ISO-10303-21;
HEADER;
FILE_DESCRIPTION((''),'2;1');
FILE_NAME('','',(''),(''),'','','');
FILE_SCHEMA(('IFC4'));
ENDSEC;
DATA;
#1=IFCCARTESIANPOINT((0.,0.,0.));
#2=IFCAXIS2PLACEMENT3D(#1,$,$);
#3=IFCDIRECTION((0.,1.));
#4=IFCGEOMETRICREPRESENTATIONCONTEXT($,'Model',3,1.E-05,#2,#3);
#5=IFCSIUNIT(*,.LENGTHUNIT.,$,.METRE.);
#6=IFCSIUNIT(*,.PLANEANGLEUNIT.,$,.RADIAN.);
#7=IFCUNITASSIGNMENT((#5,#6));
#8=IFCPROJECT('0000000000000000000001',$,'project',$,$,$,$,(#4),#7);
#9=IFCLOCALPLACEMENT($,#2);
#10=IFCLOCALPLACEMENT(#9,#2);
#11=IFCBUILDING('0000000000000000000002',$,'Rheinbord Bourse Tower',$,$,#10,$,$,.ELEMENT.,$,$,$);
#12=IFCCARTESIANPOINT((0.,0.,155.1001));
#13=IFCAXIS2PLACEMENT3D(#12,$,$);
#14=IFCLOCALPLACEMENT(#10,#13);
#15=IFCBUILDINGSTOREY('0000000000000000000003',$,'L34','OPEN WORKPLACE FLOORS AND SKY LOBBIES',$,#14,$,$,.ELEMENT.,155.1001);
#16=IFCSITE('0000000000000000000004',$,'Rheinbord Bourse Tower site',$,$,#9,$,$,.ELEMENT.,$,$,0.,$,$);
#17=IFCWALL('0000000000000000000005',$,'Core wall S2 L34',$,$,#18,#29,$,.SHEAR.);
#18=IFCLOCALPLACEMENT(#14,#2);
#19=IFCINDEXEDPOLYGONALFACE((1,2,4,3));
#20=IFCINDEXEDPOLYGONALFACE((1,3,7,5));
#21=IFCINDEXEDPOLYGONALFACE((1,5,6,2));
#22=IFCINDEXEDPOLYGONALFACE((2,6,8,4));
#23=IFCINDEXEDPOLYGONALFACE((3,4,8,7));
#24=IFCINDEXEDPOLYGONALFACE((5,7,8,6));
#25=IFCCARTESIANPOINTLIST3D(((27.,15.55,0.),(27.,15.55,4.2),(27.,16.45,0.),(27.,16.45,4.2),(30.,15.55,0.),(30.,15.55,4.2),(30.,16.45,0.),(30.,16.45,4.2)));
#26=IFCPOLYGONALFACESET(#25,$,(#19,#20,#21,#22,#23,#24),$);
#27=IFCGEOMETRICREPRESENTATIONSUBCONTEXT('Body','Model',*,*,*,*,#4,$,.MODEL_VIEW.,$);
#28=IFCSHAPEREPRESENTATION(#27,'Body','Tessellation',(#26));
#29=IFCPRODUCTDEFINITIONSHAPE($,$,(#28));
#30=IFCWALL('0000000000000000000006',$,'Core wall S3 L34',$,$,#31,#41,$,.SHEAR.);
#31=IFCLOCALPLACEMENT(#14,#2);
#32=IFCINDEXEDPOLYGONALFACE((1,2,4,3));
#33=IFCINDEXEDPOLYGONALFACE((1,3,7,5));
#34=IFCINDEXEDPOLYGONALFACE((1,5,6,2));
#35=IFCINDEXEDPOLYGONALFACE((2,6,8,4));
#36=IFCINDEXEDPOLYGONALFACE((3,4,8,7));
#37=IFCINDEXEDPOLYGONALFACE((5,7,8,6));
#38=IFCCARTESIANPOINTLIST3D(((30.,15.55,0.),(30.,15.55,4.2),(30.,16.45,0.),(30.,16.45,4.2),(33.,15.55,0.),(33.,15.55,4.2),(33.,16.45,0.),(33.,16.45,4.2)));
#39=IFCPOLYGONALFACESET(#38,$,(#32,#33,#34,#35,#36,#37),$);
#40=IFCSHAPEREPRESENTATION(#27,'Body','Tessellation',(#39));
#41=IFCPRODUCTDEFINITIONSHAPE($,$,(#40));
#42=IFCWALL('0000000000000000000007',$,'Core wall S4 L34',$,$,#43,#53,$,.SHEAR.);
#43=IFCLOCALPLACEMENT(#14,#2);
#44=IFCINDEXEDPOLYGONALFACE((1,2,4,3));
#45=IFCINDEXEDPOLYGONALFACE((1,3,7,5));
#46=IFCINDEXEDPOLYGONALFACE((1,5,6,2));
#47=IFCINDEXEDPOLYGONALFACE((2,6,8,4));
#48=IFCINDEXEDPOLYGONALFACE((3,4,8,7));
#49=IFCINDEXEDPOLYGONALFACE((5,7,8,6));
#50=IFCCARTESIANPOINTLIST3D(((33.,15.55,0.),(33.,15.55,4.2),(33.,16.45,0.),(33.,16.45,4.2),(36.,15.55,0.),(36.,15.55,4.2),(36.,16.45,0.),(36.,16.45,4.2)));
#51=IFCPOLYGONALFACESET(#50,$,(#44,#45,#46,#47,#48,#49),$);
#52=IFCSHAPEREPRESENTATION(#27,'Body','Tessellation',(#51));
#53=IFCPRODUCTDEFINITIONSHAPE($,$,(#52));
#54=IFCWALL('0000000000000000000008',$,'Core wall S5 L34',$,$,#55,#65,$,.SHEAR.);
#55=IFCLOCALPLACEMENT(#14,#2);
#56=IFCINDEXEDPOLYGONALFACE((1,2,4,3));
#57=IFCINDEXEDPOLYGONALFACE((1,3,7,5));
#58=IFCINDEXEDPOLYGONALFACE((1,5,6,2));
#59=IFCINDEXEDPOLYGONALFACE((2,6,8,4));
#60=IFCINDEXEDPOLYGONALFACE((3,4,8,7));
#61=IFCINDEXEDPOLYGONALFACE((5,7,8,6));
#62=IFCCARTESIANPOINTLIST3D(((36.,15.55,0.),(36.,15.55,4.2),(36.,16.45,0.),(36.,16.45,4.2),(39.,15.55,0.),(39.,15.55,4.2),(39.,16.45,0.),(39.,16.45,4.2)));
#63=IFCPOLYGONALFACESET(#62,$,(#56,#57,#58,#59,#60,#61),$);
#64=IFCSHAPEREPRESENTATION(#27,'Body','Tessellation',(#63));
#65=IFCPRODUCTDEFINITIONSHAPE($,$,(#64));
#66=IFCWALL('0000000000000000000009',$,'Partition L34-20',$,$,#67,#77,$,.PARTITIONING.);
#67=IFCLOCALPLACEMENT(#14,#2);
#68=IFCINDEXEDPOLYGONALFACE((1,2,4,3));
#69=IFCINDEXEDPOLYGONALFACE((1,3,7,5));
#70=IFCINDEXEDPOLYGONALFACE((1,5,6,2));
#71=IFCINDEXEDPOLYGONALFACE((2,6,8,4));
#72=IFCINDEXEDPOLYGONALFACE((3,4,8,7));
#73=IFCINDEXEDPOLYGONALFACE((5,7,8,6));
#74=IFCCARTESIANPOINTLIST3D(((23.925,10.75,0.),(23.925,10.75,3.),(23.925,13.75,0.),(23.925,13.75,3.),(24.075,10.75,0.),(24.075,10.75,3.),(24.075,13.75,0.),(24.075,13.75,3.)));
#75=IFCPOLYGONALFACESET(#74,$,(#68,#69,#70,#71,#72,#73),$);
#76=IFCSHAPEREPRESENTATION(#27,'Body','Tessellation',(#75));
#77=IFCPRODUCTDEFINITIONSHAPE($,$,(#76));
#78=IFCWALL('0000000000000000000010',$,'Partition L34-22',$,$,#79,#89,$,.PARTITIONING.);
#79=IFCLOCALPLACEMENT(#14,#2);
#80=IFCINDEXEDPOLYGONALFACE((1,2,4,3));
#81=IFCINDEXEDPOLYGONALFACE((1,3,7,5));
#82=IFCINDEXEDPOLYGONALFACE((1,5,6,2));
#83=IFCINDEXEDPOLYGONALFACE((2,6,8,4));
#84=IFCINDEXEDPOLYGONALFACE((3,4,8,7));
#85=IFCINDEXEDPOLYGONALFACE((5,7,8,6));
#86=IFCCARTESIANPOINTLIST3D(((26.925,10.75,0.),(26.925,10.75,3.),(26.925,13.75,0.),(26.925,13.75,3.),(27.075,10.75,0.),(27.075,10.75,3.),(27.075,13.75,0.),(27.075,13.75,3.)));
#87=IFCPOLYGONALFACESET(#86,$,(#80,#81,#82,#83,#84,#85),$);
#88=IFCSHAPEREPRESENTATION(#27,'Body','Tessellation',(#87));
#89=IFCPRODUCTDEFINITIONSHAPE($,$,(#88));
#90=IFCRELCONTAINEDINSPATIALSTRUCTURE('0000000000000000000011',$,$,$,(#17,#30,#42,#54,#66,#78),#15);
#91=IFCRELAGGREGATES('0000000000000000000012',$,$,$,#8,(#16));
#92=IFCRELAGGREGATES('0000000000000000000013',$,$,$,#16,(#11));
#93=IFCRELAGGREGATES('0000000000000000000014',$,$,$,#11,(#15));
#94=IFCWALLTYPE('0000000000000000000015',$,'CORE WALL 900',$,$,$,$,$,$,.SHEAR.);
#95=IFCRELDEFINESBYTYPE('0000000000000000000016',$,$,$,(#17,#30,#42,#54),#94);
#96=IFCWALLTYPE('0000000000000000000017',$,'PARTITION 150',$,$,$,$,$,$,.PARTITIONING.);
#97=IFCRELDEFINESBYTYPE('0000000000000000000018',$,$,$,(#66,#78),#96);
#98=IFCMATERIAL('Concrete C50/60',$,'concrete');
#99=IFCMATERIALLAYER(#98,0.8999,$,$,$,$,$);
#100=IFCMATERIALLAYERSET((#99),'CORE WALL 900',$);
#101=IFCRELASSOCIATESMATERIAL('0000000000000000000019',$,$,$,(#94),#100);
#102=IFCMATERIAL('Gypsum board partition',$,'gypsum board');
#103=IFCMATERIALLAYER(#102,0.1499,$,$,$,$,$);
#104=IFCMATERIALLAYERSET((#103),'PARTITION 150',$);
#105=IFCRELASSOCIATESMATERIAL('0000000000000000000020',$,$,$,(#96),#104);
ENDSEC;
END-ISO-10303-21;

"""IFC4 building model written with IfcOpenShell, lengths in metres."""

from ifc_helpers import new_model, si_unit, direction, frame, frame_2d, origin, place, context, subcontext, project, spatial, rectangle, extrude, material, layer, layer_set, type_object, element, save


model = new_model("IFC4")

# Units and contexts
model_context = context("Model", 3, precision=1e-05, world=origin(), true_north=direction((0.0, 1.0)))
body_context = subcontext(model_context, "Body", "Model", "MODEL_VIEW")
ifc_project = project(units=[si_unit("LENGTHUNIT", "METRE"), si_unit("PLANEANGLEUNIT", "RADIAN")], contexts=[model_context])

# Site, building, storey
site_placement = place(None, origin())
site = spatial("IfcSite", under=ifc_project, at=site_placement, Name="Rheinbord Bourse Tower site", CompositionType="ELEMENT", RefElevation=0.0)
building_placement = place(site_placement, origin())
building = spatial("IfcBuilding", under=site, at=building_placement, Name="Rheinbord Bourse Tower", CompositionType="ELEMENT")
storey_placement = place(building_placement, frame((0.0, 0.0, 155.1001)))
storey = spatial("IfcBuildingStorey", under=building, at=storey_placement, Name="L34", Description="OPEN WORKPLACE FLOORS AND SKY LOBBIES", CompositionType="ELEMENT", Elevation=155.1001)

# Walls
ifc_material_1 = material(Name="Concrete C50/60", Category="concrete")
ifc_layer_1 = layer(ifc_material_1, 0.8999)
ifc_layer_set_1 = layer_set([ifc_layer_1], Name="CORE WALL 900")
wall_type_1 = type_object("IfcWallType", Name="CORE WALL 900", PredefinedType="SHEAR", material=ifc_layer_set_1)
for number, where, z_axis, x_axis, name in (
    (1, (27.0, 16.0, 0.0), (0.0, 0.0, 1.0), (1.0, 0.0, 0.0), "Core wall S2 L34"),
    (2, (30.0, 16.0, 0.0), (0.0, 0.0, 1.0), (1.0, 0.0, 0.0), "Core wall S3 L34"),
    (3, (33.0, 16.0, 0.0), (0.0, 0.0, 1.0), (1.0, 0.0, 0.0), "Core wall S4 L34"),
    (4, (36.0, 16.0, 0.0), (0.0, 0.0, 1.0), (1.0, 0.0, 0.0), "Core wall S5 L34"),
):
    element("IfcWall", number, at=place(storey_placement, frame(where, z_axis=z_axis, x_axis=x_axis)), inside=storey, type_object=wall_type_1, Name=name, PredefinedType="SHEAR", context=body_context, shape_type="SweptSolid", body=[
        extrude(rectangle(XDim=3.0, YDim=0.8999, at=frame_2d((1.5, 0.0))), origin(), (0.0, 0.0, 1.0), 4.2),
    ])
ifc_material_2 = material(Name="Gypsum board partition", Category="gypsum board")
ifc_layer_2 = layer(ifc_material_2, 0.1499)
ifc_layer_set_2 = layer_set([ifc_layer_2], Name="PARTITION 150")
wall_type_2 = type_object("IfcWallType", Name="PARTITION 150", PredefinedType="PARTITIONING", material=ifc_layer_set_2)
for number, where, z_axis, x_axis, name in (
    (5, (24.0, 10.75, 0.0), (0.0, 0.0, 1.0), (0.0, 1.0, 0.0), "Partition L34-20"),
    (6, (27.0, 10.75, 0.0), (0.0, 0.0, 1.0), (0.0, 1.0, 0.0), "Partition L34-22"),
):
    element("IfcWall", number, at=place(storey_placement, frame(where, z_axis=z_axis, x_axis=x_axis)), inside=storey, type_object=wall_type_2, Name=name, PredefinedType="PARTITIONING", context=body_context, shape_type="SweptSolid", body=[
        extrude(rectangle(XDim=3.0, YDim=0.1499, at=frame_2d((1.5, 0.0))), origin(), (0.0, 0.0, 1.0), 3.0),
    ])

save(model, "model.ifc")
